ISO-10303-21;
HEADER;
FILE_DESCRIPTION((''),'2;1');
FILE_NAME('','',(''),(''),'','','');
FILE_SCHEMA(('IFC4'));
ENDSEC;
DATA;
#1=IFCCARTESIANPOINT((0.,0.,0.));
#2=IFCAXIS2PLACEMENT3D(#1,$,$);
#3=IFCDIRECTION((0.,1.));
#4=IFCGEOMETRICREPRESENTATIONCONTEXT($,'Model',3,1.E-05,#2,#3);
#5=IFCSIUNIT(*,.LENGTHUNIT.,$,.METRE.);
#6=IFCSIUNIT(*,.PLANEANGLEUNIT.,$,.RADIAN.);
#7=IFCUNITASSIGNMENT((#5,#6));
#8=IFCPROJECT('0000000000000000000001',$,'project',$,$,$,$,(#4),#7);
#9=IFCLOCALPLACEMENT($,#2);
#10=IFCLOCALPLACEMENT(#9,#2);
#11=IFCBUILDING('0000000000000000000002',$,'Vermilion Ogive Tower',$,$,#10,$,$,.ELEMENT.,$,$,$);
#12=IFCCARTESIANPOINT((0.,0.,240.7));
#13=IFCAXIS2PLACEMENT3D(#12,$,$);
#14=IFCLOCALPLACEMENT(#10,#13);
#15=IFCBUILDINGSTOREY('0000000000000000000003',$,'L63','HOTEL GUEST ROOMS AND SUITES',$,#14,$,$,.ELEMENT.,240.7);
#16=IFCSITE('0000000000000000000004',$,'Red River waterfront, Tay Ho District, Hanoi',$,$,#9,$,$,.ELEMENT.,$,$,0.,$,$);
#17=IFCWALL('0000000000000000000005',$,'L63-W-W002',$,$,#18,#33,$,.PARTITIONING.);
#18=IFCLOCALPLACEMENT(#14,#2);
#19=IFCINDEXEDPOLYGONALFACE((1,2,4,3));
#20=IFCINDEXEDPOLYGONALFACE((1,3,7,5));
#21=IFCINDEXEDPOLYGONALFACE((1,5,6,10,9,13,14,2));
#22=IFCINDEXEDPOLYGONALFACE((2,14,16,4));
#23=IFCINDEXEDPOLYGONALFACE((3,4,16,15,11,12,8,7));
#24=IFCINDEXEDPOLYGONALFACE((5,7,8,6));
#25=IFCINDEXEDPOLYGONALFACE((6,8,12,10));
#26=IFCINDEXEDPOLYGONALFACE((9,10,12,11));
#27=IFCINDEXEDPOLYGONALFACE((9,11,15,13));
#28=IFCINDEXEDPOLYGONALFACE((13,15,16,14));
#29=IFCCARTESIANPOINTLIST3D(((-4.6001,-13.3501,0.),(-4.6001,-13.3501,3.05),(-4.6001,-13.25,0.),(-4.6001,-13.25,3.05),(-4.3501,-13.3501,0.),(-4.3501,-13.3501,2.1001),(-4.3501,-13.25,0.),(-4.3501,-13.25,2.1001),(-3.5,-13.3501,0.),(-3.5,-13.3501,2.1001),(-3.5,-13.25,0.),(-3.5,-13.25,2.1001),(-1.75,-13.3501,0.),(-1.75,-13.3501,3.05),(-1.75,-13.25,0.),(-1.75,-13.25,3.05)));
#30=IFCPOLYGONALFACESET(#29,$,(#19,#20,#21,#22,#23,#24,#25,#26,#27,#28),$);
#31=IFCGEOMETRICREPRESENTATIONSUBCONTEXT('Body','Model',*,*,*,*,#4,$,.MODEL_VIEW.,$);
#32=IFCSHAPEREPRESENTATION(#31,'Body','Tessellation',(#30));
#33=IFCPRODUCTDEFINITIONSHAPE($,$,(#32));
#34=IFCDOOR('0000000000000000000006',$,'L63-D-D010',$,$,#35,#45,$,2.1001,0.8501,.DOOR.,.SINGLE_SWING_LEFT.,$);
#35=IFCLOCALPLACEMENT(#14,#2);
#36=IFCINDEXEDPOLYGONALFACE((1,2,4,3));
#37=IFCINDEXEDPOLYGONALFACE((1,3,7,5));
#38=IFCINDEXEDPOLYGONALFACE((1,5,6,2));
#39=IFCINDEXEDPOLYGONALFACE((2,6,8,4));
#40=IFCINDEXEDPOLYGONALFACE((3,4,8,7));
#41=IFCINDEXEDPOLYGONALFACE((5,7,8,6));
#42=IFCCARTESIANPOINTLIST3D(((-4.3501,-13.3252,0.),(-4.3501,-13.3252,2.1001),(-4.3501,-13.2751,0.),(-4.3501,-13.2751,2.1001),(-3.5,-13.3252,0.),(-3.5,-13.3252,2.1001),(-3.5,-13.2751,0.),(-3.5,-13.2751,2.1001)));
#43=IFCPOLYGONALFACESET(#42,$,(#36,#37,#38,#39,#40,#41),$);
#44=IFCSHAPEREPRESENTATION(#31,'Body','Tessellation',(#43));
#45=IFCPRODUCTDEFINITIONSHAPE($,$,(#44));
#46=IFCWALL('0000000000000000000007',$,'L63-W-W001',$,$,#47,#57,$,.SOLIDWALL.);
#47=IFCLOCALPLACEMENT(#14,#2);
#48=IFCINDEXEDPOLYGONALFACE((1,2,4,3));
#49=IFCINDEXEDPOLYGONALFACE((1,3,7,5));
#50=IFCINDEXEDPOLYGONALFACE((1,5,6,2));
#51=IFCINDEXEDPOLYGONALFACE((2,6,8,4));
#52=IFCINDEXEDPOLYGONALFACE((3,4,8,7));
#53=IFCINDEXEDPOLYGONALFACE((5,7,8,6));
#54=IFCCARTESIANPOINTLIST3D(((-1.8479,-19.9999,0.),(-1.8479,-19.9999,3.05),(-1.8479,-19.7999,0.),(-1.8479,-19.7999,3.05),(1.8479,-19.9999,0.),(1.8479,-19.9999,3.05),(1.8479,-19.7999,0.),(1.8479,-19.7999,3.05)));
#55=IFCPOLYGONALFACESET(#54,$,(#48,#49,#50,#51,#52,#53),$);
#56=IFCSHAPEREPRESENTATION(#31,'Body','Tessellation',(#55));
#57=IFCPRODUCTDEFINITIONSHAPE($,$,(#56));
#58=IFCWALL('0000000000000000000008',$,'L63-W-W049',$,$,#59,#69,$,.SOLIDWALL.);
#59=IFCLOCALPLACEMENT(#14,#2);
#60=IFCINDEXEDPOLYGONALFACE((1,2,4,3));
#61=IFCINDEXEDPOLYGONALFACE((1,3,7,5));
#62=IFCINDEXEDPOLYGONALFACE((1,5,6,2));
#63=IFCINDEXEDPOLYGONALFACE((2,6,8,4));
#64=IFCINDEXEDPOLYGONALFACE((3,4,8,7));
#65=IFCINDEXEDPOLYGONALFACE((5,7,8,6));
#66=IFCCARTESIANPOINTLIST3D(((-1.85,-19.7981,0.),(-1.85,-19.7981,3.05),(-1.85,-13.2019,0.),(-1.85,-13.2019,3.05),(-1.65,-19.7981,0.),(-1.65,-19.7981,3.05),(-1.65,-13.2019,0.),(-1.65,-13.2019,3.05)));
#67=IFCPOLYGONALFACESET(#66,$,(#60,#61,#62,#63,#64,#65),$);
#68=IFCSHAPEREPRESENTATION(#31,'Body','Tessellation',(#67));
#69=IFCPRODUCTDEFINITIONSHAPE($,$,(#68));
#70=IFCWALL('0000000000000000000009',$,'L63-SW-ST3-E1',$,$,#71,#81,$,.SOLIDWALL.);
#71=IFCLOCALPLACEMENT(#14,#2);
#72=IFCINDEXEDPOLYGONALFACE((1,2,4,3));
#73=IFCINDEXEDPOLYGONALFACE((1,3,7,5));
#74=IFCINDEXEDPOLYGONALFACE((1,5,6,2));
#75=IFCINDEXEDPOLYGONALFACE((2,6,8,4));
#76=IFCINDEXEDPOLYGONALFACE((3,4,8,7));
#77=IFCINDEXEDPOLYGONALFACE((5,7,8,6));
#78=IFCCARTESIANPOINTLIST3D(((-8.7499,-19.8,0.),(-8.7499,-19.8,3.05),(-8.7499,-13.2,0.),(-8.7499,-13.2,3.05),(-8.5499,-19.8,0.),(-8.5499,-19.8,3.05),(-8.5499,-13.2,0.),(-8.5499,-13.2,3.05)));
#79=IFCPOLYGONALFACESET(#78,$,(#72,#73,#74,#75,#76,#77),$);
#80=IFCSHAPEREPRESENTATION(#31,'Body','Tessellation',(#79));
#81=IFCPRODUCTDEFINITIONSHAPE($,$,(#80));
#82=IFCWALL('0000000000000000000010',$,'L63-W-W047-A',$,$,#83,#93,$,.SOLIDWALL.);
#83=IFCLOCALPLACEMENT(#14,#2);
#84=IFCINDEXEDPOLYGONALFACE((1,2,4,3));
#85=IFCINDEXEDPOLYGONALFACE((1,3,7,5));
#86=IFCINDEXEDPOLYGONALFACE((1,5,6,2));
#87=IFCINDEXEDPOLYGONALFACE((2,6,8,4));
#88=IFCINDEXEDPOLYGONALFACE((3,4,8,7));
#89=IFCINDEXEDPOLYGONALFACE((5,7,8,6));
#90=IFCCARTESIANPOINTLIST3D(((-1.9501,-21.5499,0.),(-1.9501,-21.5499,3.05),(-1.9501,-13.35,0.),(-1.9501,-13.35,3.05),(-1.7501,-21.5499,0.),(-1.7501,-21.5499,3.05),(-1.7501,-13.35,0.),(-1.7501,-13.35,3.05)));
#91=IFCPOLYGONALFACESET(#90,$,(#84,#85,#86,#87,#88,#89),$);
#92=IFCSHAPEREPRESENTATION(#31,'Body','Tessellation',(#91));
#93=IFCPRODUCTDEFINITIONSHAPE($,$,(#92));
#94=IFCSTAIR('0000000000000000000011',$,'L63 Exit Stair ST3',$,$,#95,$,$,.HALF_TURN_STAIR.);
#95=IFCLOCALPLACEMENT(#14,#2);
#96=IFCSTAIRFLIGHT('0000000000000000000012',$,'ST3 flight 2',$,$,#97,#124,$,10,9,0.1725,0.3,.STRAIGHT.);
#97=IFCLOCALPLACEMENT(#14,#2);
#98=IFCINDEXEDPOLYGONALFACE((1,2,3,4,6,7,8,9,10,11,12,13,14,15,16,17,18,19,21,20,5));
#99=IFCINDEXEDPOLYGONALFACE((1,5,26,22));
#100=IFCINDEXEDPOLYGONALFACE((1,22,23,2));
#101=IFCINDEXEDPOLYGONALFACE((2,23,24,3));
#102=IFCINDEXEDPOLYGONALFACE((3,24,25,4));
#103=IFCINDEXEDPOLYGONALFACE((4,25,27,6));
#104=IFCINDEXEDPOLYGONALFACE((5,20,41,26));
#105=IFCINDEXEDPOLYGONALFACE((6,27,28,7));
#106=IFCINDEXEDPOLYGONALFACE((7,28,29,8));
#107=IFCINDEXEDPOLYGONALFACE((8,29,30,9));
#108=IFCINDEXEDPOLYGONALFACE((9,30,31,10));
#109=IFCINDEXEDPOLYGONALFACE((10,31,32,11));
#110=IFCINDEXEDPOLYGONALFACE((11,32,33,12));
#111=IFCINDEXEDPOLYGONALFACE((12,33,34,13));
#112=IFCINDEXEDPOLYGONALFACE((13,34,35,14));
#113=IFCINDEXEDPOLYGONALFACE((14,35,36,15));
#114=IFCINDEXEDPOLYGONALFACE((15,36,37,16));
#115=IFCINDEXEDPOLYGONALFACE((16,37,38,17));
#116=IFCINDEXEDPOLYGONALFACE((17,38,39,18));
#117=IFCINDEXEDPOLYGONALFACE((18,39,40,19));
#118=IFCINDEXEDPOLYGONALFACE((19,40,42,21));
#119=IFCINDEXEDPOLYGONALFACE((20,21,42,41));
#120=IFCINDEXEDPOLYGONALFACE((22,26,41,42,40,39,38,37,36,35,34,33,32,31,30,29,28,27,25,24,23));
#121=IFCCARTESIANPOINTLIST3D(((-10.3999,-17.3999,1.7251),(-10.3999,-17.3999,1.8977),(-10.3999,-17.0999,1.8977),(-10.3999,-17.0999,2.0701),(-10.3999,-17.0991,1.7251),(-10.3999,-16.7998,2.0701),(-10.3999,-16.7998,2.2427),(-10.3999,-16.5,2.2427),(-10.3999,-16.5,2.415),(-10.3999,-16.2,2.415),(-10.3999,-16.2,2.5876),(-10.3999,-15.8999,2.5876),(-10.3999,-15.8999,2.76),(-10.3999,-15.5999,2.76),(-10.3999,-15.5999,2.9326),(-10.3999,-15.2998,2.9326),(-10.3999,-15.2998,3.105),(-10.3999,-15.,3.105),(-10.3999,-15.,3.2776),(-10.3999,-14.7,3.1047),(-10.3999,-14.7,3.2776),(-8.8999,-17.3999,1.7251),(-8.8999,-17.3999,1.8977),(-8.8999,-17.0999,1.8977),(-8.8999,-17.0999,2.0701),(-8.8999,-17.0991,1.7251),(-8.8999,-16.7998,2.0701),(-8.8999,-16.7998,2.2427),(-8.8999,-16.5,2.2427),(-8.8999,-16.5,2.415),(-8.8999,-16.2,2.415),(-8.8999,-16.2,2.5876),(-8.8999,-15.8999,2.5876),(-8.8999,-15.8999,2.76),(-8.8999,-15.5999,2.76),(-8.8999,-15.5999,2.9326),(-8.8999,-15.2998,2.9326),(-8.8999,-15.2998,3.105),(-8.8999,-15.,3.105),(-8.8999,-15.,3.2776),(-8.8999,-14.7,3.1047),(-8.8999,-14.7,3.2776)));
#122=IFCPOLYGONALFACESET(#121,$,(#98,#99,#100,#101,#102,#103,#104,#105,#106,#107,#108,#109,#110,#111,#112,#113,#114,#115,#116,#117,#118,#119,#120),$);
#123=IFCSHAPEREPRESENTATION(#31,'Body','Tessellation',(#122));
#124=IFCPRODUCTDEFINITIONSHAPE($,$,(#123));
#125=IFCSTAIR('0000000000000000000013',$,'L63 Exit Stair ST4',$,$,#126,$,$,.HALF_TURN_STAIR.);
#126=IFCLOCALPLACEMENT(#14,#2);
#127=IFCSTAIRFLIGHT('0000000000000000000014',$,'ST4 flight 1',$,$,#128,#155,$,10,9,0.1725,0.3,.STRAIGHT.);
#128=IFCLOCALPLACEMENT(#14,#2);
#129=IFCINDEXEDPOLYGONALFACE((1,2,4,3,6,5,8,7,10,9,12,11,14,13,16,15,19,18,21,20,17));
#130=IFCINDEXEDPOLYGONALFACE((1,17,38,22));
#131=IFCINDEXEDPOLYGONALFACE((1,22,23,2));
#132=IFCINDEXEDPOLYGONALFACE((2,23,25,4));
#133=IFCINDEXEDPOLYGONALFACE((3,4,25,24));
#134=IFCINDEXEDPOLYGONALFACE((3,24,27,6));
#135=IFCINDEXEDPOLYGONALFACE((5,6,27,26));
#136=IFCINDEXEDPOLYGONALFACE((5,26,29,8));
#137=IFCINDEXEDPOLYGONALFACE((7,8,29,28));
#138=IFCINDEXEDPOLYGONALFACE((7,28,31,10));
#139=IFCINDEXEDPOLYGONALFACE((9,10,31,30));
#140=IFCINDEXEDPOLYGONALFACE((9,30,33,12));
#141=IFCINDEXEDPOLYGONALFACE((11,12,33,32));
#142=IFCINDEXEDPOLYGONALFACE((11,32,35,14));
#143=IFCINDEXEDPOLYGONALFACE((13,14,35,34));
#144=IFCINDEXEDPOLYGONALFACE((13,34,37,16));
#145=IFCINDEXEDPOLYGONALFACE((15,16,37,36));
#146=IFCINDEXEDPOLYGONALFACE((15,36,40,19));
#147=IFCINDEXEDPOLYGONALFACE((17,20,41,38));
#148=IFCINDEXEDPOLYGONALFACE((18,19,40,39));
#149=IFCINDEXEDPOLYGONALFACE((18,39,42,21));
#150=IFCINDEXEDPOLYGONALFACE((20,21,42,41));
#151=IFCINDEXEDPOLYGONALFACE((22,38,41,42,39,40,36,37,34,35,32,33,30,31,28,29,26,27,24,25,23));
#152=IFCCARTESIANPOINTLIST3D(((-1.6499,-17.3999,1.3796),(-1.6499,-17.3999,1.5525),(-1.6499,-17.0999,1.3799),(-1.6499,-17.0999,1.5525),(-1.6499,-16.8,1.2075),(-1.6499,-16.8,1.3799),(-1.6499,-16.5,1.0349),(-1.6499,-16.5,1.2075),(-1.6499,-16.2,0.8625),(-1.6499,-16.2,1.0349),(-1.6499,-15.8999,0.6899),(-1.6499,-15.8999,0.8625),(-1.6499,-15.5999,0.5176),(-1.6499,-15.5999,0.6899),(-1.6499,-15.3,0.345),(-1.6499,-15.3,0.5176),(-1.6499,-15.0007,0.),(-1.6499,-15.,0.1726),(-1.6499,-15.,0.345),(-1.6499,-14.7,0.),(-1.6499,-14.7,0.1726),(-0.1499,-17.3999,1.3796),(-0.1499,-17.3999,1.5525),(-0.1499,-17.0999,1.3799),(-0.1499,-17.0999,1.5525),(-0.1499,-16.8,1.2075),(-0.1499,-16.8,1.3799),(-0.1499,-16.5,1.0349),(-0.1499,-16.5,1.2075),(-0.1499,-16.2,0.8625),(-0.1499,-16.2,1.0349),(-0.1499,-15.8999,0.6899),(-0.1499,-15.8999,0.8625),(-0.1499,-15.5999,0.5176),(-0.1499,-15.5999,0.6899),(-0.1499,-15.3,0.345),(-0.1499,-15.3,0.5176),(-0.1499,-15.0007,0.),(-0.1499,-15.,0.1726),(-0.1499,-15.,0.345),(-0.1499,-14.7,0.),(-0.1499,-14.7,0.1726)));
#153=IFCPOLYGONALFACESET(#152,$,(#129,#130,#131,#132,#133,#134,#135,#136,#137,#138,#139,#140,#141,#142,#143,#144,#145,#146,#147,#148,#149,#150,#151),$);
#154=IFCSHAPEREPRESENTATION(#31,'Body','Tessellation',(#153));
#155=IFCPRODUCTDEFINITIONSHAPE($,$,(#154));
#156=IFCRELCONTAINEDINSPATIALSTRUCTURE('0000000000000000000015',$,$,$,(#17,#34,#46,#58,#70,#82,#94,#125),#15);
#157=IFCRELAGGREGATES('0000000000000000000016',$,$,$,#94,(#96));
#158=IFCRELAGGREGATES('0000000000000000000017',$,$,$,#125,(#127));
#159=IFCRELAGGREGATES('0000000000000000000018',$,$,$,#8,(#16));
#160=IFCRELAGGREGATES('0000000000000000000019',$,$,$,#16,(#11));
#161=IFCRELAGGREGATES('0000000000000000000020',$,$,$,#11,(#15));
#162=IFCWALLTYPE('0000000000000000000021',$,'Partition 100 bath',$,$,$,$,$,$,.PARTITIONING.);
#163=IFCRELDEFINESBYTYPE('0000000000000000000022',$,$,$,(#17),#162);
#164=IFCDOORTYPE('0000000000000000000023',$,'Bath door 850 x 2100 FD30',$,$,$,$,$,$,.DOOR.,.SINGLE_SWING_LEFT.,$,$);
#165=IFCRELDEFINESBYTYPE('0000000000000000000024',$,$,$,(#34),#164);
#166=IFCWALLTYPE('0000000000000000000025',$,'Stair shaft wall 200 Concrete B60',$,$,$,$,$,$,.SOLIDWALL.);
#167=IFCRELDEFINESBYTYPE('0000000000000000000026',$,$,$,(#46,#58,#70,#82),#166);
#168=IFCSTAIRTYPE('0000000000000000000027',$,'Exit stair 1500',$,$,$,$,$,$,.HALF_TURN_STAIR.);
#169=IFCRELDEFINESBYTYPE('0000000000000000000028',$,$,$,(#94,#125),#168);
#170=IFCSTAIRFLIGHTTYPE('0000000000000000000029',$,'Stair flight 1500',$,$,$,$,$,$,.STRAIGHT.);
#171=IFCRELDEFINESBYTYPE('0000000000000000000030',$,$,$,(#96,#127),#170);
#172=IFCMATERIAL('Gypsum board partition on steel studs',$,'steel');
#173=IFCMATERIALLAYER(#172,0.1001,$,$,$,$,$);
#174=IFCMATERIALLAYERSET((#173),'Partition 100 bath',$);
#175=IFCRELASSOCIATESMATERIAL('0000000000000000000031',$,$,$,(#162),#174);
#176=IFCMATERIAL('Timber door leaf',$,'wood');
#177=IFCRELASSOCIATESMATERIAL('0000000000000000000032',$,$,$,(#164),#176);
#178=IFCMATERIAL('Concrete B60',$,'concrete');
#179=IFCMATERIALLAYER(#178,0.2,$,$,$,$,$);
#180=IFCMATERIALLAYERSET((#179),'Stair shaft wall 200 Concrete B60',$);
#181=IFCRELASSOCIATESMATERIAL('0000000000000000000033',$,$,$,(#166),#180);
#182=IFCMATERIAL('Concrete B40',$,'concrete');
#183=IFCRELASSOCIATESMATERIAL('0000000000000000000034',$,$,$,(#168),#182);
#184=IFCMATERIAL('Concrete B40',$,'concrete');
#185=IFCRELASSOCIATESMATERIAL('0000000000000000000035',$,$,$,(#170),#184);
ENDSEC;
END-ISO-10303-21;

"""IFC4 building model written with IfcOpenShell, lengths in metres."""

from ifc_helpers import new_model, si_unit, direction, frame, frame_2d, origin, place, context, subcontext, project, spatial, polyline, rectangle, outline, extrude, material, layer, layer_set, type_object, element, fill, aggregate, save


model = new_model("IFC4")

# Units and contexts
model_context = context("Model", 3, precision=1e-05, world=origin(), true_north=direction((0.0, 1.0)))
body_context = subcontext(model_context, "Body", "Model", "MODEL_VIEW")
ifc_project = project(units=[si_unit("LENGTHUNIT", "METRE"), si_unit("PLANEANGLEUNIT", "RADIAN")], contexts=[model_context])

# Site, building, storey
site_placement = place(None, origin())
site = spatial("IfcSite", under=ifc_project, at=site_placement, Name="Red River waterfront, Tay Ho District, Hanoi", CompositionType="ELEMENT", RefElevation=0.0)
building_placement = place(site_placement, origin())
building = spatial("IfcBuilding", under=site, at=building_placement, Name="Vermilion Ogive Tower", CompositionType="ELEMENT")
storey_placement = place(building_placement, frame((0.0, 0.0, 240.7)))
storey = spatial("IfcBuildingStorey", under=building, at=storey_placement, Name="L63", Description="HOTEL GUEST ROOMS AND SUITES", CompositionType="ELEMENT", Elevation=240.7)

# Wall, opening, door
ifc_material_1 = material(Name="Gypsum board partition on steel studs", Category="steel")
ifc_layer_1 = layer(ifc_material_1, 0.1001)
ifc_layer_set_1 = layer_set([ifc_layer_1], Name="Partition 100 bath")
wall_type_1 = type_object("IfcWallType", Name="Partition 100 bath", PredefinedType="PARTITIONING", material=ifc_layer_set_1)
wall_1_placement = place(storey_placement, frame((-4.6001, -13.3, 0.0), z_axis=(0.0, 0.0, 1.0), x_axis=(1.0, 0.0, 0.0)))
wall_1 = element("IfcWall", 1, at=wall_1_placement, inside=storey, type_object=wall_type_1, Name="L63-W-W002", PredefinedType="PARTITIONING", context=body_context, shape_type="SweptSolid", body=[
    extrude(rectangle(XDim=2.8501, YDim=0.1001, at=frame_2d((1.425, 0.0))), origin(), (0.0, 0.0, 1.0), 3.05),
])
opening_placement = place(wall_1_placement, frame((0.25, 0.0, 0.0)))
opening = element("IfcOpeningElement", 2, at=opening_placement, cuts=wall_1, PredefinedType="OPENING", context=body_context, shape_type="SweptSolid", body=[
    extrude(rectangle(XDim=0.8501, YDim=2.1001, at=frame_2d((0.425, 1.05))), frame((0.0, 0.0601, 0.0), z_axis=(0.0, -1.0, 0.0), x_axis=(1.0, 0.0, 0.0)), (0.0, 0.0, 1.0), 0.1201),
])
ifc_material_2 = material(Name="Timber door leaf", Category="wood")
door_type = type_object("IfcDoorType", Name="Bath door 850 x 2100 FD30", OperationType="SINGLE_SWING_LEFT", PredefinedType="DOOR", material=ifc_material_2)
door_placement = place(opening_placement, origin())
door = element("IfcDoor", 3, at=door_placement, inside=storey, type_object=door_type, Name="L63-D-D010", OperationType="SINGLE_SWING_LEFT", OverallHeight=2.1001, OverallWidth=0.8501, PredefinedType="DOOR", context=body_context, shape_type="SweptSolid", body=[
    extrude(rectangle(XDim=0.8501, YDim=2.1001, at=frame_2d((0.425, 1.05))), frame((0.0, 0.0249, 0.0), z_axis=(0.0, -1.0, 0.0), x_axis=(1.0, 0.0, 0.0)), (0.0, 0.0, 1.0), 0.05),
])
fill(opening, door)

# Walls
ifc_material_3 = material(Name="Concrete B60", Category="concrete")
ifc_layer_2 = layer(ifc_material_3, 0.2)
ifc_layer_set_2 = layer_set([ifc_layer_2], Name="Stair shaft wall 200 Concrete B60")
wall_type_2 = type_object("IfcWallType", Name="Stair shaft wall 200 Concrete B60", PredefinedType="SOLIDWALL", material=ifc_layer_set_2)
wall_2_placement = place(storey_placement, frame((-1.8479, -19.8999, 0.0), z_axis=(0.0, 0.0, 1.0), x_axis=(1.0, 0.0, 0.0)))
element("IfcWall", 4, at=wall_2_placement, inside=storey, type_object=wall_type_2, Name="L63-W-W001", PredefinedType="SOLIDWALL", context=body_context, shape_type="SweptSolid", body=[
    extrude(rectangle(XDim=3.6958, YDim=0.2, at=frame_2d((1.8479, 0.0))), origin(), (0.0, 0.0, 1.0), 3.05),
])
wall_3_placement = place(storey_placement, frame((-1.75, -19.7981, 0.0), z_axis=(0.0, 0.0, 1.0), x_axis=(0.0, 1.0, 0.0)))
element("IfcWall", 5, at=wall_3_placement, inside=storey, type_object=wall_type_2, Name="L63-W-W049", PredefinedType="SOLIDWALL", context=body_context, shape_type="SweptSolid", body=[
    extrude(rectangle(XDim=6.5962, YDim=0.2, at=frame_2d((3.2981, 0.0))), origin(), (0.0, 0.0, 1.0), 3.05),
])
wall_4_placement = place(storey_placement, frame((-8.6499, -19.8, 0.0), z_axis=(0.0, 0.0, 1.0), x_axis=(0.0, 1.0, 0.0)))
element("IfcWall", 6, at=wall_4_placement, inside=storey, type_object=wall_type_2, Name="L63-SW-ST3-E1", PredefinedType="SOLIDWALL", context=body_context, shape_type="SweptSolid", body=[
    extrude(rectangle(XDim=6.6001, YDim=0.2, at=frame_2d((3.3, 0.0))), origin(), (0.0, 0.0, 1.0), 3.05),
])
wall_5_placement = place(storey_placement, frame((-1.8501, -21.55, 0.0), z_axis=(0.0, 0.0, 1.0), x_axis=(0.0, 1.0, 0.0)))
element("IfcWall", 7, at=wall_5_placement, inside=storey, type_object=wall_type_2, Name="L63-W-W047-A", PredefinedType="SOLIDWALL", context=body_context, shape_type="SweptSolid", body=[
    extrude(rectangle(XDim=8.2, YDim=0.2, at=frame_2d((4.1001, 0.0))), origin(), (0.0, 0.0, 1.0), 3.05),
])

# Stairs, stair flights
ifc_material_4 = material(Name="Concrete B40", Category="concrete")
stair_type = type_object("IfcStairType", Name="Exit stair 1500", PredefinedType="HALF_TURN_STAIR", material=ifc_material_4)
stair_1_placement = place(storey_placement, origin())
stair_1 = element("IfcStair", 8, at=stair_1_placement, inside=storey, type_object=stair_type, Name="L63 Exit Stair ST3", PredefinedType="HALF_TURN_STAIR")
ifc_material_5 = material(Name="Concrete B40", Category="concrete")
stair_flight_type = type_object("IfcStairFlightType", Name="Stair flight 1500", PredefinedType="STRAIGHT", material=ifc_material_5)
stair_flight_1_placement = place(storey_placement, frame((-9.6499, -17.3999, 1.7251), z_axis=(0.0, 0.0, 1.0), x_axis=(0.0, 1.0, 0.0)))
stair_flight_1 = element("IfcStairFlight", 9, at=stair_flight_1_placement, type_object=stair_flight_type, Name="ST3 flight 2", NumberOfRisers=10, NumberOfTreads=9, PredefinedType="STRAIGHT", RiserHeight=0.1725, TreadLength=0.3, context=body_context, shape_type="SweptSolid", body=[
    extrude(outline(polyline([(0.0, 0.0), (0.0, 0.1726), (0.3, 0.1726), (0.3, 0.345), (0.6001, 0.345), (0.6001, 0.5176), (0.8999, 0.5176), (0.8999, 0.6899), (1.2, 0.6899), (1.2, 0.8625), (1.5, 0.8625), (1.5, 1.0349), (1.8, 1.0349), (1.8, 1.2075), (2.1001, 1.2075), (2.1001, 1.3799), (2.3999, 1.3799), (2.3999, 1.5525), (2.7, 1.5525), (2.7, 1.7251), (2.7, 1.3796), (0.3008, 0.0), (0.0, 0.0)])), frame((0.0, 0.75, 0.0), z_axis=(0.0, -1.0, 0.0), x_axis=(1.0, 0.0, 0.0)), (0.0, 0.0, 1.0), 1.5),
])
aggregate(stair_1, [stair_flight_1])
stair_2_placement = place(storey_placement, origin())
stair_2 = element("IfcStair", 10, at=stair_2_placement, inside=storey, type_object=stair_type, Name="L63 Exit Stair ST4", PredefinedType="HALF_TURN_STAIR")
stair_flight_2_placement = place(storey_placement, frame((-0.8999, -14.7, 0.0), z_axis=(0.0, 0.0, 1.0), x_axis=(0.0, -1.0, 0.0)))
stair_flight_2 = element("IfcStairFlight", 11, at=stair_flight_2_placement, type_object=stair_flight_type, Name="ST4 flight 1", NumberOfRisers=10, NumberOfTreads=9, PredefinedType="STRAIGHT", RiserHeight=0.1725, TreadLength=0.3, context=body_context, shape_type="SweptSolid", body=[
    extrude(outline(polyline([(0.0, 0.0), (0.0, 0.1726), (0.3, 0.1726), (0.3, 0.345), (0.6001, 0.345), (0.6001, 0.5176), (0.8999, 0.5176), (0.8999, 0.6899), (1.2, 0.6899), (1.2, 0.8625), (1.5, 0.8625), (1.5, 1.0349), (1.8, 1.0349), (1.8, 1.2075), (2.1001, 1.2075), (2.1001, 1.3799), (2.3999, 1.3799), (2.3999, 1.5525), (2.7, 1.5525), (2.7, 1.7251), (2.7, 1.3796), (0.3008, 0.0), (0.0, 0.0)])), frame((0.0, 0.75, 0.0), z_axis=(0.0, -1.0, 0.0), x_axis=(1.0, 0.0, 0.0)), (0.0, 0.0, 1.0), 1.5),
])
aggregate(stair_2, [stair_flight_2])

save(model, "model.ifc")
